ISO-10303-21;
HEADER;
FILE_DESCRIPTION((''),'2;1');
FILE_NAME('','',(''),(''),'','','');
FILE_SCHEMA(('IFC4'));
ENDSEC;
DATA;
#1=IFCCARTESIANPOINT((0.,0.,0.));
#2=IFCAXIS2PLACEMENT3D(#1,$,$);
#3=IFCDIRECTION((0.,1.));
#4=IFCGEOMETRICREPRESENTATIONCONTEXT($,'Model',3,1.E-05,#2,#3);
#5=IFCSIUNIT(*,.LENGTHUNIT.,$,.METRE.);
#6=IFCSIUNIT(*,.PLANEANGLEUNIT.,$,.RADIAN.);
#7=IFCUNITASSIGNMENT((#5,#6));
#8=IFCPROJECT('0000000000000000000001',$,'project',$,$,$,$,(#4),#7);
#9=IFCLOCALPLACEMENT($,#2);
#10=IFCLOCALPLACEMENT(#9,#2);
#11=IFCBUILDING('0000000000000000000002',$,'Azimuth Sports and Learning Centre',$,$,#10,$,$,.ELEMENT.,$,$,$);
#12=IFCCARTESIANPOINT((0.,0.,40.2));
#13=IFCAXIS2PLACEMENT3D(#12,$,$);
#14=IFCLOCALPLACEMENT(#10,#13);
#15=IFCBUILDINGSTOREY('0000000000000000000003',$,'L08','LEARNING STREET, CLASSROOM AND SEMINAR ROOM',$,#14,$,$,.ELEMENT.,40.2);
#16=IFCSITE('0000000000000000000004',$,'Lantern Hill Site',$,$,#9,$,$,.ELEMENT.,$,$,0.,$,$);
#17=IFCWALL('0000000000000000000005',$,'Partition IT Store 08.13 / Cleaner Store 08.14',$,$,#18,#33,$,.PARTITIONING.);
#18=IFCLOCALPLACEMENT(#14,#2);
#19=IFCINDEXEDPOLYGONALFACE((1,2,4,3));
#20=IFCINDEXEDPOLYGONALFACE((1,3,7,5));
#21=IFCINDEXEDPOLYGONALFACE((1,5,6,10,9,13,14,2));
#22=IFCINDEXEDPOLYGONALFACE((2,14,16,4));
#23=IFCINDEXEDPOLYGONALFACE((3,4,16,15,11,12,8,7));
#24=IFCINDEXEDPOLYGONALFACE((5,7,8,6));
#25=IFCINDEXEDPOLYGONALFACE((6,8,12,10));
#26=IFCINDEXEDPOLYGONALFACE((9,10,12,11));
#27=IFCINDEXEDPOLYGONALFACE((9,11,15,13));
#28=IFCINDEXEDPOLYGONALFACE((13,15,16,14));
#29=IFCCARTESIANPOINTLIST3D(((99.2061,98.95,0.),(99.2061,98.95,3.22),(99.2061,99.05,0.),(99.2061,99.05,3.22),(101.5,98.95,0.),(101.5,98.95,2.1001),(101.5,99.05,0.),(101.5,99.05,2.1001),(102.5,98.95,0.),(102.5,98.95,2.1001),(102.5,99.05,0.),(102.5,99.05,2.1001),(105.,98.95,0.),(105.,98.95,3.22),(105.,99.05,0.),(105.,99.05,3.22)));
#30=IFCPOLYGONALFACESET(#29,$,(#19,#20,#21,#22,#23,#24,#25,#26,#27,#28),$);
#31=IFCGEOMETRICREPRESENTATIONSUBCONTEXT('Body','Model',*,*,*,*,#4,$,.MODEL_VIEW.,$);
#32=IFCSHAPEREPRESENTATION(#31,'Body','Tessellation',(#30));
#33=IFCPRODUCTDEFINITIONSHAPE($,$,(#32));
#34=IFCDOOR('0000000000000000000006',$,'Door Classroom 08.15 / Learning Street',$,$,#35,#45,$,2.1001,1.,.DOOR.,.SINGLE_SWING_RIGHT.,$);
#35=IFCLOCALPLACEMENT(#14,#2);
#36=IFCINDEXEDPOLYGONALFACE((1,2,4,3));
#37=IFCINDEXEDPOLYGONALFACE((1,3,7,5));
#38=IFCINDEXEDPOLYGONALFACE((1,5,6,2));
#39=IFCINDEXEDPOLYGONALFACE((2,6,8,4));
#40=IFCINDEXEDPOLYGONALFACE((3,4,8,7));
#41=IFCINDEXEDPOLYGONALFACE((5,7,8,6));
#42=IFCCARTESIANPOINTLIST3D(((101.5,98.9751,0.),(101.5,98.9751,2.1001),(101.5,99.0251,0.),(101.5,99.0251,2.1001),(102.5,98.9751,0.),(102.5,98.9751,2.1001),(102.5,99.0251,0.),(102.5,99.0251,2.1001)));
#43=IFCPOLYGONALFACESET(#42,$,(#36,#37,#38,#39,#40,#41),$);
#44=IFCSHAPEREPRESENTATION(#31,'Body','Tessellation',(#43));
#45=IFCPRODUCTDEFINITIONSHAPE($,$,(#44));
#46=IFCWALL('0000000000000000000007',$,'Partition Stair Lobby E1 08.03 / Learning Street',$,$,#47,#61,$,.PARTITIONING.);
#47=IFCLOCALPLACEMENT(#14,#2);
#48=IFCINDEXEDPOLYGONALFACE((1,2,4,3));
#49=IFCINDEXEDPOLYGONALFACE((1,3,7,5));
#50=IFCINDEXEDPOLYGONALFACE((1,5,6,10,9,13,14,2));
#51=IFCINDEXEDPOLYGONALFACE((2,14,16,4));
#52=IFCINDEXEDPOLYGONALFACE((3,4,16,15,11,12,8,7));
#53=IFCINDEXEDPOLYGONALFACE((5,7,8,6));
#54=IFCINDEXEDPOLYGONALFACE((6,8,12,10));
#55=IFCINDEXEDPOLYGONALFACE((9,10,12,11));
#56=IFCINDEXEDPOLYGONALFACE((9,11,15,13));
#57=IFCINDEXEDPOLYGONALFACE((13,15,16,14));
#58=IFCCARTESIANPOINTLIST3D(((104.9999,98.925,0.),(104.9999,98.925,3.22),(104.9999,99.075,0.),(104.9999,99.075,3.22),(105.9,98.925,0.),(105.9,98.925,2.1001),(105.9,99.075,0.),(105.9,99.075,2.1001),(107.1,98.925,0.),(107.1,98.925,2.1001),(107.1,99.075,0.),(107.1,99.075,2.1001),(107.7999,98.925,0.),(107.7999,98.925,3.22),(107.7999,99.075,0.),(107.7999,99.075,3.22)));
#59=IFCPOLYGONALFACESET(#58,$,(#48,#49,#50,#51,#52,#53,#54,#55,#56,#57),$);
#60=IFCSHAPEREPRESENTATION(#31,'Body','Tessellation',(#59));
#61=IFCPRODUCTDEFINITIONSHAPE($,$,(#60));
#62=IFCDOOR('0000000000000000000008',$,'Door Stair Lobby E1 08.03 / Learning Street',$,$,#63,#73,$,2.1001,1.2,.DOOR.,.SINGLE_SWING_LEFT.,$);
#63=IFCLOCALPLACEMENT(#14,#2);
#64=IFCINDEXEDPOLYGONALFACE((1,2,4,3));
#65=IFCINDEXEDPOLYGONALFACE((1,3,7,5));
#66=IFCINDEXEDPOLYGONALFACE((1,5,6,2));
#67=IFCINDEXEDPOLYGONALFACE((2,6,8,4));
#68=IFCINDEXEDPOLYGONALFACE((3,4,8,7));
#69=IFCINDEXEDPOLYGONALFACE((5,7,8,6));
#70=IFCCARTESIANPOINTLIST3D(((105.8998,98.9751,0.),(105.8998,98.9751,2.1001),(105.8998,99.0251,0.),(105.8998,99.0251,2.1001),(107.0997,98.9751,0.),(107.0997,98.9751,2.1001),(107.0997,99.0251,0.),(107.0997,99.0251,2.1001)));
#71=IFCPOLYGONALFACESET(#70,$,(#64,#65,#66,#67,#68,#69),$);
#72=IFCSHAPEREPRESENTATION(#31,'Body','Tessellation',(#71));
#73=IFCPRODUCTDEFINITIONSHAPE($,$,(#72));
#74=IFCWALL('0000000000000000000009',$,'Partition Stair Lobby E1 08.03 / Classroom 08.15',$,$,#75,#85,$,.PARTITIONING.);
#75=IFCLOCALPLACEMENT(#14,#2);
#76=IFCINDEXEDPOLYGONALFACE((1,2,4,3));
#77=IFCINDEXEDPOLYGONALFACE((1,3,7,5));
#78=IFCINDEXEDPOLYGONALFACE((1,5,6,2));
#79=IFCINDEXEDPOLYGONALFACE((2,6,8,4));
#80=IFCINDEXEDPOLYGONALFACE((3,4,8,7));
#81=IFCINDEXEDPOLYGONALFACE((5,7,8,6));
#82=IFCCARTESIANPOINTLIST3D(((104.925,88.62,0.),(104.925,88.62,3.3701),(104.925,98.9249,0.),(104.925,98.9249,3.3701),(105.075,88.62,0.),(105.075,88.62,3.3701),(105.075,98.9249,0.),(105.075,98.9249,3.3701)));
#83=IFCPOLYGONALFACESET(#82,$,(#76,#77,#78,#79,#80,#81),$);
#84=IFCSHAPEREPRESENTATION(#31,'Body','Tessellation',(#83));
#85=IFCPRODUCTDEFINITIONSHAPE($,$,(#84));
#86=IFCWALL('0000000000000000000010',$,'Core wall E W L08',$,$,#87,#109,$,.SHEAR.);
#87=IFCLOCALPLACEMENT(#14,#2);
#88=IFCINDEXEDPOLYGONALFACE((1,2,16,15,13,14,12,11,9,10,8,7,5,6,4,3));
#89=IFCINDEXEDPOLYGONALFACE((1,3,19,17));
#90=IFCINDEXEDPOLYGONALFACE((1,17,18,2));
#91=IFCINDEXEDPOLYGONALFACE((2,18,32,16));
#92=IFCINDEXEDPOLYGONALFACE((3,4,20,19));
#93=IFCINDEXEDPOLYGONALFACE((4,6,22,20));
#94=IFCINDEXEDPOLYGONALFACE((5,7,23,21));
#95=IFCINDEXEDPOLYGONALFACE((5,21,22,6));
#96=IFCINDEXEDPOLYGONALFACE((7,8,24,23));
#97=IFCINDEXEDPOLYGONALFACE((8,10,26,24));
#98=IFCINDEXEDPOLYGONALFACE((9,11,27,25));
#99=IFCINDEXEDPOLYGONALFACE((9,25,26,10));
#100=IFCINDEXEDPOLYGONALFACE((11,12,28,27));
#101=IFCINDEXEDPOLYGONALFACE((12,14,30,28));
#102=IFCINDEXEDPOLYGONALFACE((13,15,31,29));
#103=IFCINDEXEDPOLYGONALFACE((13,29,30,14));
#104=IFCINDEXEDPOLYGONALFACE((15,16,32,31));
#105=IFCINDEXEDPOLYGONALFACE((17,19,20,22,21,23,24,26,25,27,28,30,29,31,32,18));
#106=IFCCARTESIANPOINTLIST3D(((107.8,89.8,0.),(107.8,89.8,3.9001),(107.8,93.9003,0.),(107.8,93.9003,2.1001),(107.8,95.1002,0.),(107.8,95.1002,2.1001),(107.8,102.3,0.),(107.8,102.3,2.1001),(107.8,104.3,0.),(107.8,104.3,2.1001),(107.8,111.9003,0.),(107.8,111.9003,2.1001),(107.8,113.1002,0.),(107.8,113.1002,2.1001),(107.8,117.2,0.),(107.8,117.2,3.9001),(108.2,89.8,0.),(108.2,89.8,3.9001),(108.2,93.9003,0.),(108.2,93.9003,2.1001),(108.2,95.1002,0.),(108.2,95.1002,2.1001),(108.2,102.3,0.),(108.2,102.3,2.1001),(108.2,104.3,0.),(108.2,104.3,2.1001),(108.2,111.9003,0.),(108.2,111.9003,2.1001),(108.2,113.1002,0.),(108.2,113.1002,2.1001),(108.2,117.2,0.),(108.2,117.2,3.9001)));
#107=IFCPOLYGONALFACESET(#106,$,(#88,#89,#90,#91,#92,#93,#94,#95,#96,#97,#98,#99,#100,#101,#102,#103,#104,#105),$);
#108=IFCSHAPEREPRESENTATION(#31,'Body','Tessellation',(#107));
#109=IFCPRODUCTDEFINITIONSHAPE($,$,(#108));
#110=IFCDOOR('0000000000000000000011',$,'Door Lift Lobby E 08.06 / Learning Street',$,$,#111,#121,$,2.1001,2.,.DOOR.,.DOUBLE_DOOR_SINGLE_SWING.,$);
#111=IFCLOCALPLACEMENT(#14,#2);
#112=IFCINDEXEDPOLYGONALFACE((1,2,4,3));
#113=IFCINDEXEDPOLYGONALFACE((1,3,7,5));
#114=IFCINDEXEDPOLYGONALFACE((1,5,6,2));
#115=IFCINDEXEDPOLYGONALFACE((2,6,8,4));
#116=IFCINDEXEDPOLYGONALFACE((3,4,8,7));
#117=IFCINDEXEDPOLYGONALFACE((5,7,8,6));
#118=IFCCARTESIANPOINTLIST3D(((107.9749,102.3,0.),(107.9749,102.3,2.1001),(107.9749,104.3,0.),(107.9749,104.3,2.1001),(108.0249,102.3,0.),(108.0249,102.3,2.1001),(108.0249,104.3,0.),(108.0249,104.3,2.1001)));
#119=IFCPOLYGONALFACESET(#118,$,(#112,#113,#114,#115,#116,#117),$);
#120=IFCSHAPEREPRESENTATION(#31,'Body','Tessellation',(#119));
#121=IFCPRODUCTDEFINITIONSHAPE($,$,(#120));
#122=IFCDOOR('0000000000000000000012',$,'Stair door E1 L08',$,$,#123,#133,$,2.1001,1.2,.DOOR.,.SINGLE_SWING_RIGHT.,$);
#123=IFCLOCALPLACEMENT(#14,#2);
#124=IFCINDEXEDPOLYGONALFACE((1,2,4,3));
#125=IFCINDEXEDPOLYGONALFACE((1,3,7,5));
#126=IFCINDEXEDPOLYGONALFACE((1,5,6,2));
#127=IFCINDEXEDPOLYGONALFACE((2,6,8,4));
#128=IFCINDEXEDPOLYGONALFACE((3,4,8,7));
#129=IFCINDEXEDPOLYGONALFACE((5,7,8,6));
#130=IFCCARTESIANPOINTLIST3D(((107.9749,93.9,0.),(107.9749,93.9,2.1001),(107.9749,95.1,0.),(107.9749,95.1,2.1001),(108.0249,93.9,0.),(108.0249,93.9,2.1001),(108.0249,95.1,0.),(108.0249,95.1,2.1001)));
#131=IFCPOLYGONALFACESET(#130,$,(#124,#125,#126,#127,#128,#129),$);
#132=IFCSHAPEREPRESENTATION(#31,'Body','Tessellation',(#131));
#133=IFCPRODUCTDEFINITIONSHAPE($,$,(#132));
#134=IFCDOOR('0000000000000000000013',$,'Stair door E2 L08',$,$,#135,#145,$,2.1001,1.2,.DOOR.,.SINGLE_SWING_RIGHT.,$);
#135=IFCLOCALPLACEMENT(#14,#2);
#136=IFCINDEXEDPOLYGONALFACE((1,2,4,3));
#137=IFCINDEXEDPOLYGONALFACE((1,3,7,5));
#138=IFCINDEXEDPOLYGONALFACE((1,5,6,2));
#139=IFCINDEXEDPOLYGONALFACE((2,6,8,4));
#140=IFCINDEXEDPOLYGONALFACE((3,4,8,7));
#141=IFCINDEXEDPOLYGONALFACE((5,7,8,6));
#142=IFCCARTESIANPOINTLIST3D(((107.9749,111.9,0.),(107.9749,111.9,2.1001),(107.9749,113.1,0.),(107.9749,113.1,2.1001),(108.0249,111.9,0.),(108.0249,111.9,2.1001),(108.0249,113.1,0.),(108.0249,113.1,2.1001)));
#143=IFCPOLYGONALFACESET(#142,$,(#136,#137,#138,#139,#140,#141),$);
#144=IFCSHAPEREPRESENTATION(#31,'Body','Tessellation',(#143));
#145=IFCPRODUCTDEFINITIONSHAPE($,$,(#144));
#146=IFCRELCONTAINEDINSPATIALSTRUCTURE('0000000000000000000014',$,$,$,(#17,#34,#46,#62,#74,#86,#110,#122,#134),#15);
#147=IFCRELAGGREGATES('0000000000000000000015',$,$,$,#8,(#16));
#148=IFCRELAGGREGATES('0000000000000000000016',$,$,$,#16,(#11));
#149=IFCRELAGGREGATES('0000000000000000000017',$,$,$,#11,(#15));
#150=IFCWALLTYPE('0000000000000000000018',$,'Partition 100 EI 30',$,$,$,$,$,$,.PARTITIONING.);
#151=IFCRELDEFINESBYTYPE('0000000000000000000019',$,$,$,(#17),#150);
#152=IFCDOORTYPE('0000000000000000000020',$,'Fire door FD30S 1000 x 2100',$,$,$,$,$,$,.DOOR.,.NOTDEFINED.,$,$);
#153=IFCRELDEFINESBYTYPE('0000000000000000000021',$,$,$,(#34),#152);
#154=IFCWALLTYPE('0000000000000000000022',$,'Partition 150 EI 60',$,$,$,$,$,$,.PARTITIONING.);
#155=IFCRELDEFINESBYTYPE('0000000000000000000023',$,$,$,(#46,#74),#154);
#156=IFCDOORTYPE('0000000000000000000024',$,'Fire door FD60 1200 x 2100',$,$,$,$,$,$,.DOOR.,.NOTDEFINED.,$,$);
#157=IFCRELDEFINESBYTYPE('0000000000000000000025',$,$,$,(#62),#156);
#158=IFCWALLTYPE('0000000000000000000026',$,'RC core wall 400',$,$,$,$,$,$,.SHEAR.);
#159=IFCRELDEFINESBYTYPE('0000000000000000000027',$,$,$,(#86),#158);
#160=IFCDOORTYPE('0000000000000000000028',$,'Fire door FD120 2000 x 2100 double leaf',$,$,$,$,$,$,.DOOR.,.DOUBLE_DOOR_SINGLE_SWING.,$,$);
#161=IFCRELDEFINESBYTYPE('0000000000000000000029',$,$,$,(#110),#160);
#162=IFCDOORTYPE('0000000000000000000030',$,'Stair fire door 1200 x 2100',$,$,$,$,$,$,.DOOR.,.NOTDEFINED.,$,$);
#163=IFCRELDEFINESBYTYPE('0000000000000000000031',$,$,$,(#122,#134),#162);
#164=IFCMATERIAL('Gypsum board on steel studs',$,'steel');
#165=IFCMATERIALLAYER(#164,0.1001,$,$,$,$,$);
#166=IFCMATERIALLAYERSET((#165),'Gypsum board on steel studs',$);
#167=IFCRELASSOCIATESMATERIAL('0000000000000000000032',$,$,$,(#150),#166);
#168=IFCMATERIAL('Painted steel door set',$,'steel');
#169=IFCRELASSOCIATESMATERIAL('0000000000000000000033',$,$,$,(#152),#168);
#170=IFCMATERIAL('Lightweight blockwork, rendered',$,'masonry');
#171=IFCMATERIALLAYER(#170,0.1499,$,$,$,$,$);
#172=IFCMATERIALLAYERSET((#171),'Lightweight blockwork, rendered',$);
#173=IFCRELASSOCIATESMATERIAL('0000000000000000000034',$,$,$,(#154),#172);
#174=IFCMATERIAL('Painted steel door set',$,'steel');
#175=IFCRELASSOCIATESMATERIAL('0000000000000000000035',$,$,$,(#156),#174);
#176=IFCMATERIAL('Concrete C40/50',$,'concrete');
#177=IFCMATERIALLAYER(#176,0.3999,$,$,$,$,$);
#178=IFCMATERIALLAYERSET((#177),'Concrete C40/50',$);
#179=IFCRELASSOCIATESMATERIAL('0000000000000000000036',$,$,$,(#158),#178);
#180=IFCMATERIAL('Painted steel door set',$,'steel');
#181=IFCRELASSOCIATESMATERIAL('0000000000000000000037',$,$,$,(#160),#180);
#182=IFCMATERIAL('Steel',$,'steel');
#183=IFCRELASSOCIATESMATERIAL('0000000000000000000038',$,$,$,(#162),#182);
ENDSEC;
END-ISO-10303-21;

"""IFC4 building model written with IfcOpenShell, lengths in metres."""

from ifc_helpers import new_model, si_unit, direction, frame, frame_2d, origin, place, context, subcontext, project, spatial, rectangle, extrude, material, layer, layer_set, type_object, element, fill, save


model = new_model("IFC4")

# Units and contexts
model_context = context("Model", 3, precision=1e-05, world=origin(), true_north=direction((0.0, 1.0)))
body_context = subcontext(model_context, "Body", "Model", "MODEL_VIEW")
ifc_project = project(units=[si_unit("LENGTHUNIT", "METRE"), si_unit("PLANEANGLEUNIT", "RADIAN")], contexts=[model_context])

# Site, building, storey
site_placement = place(None, origin())
site = spatial("IfcSite", under=ifc_project, at=site_placement, Name="Lantern Hill Site", CompositionType="ELEMENT", RefElevation=0.0)
building_placement = place(site_placement, origin())
building = spatial("IfcBuilding", under=site, at=building_placement, Name="Azimuth Sports and Learning Centre", CompositionType="ELEMENT")
storey_placement = place(building_placement, frame((0.0, 0.0, 40.2)))
storey = spatial("IfcBuildingStorey", under=building, at=storey_placement, Name="L08", Description="LEARNING STREET, CLASSROOM AND SEMINAR ROOM", CompositionType="ELEMENT", Elevation=40.2)

# Walls, openings, doors
ifc_material_1 = material(Name="Gypsum board on steel studs", Category="steel")
ifc_layer_1 = layer(ifc_material_1, 0.1001)
ifc_layer_set_1 = layer_set([ifc_layer_1], Name="Gypsum board on steel studs")
wall_type_1 = type_object("IfcWallType", Name="Partition 100 EI 30", PredefinedType="PARTITIONING", material=ifc_layer_set_1)
wall_1_placement = place(storey_placement, frame((99.2061, 99.0, 0.0), z_axis=(0.0, 0.0, 1.0), x_axis=(1.0, 0.0, 0.0)))
wall_1 = element("IfcWall", 1, at=wall_1_placement, inside=storey, type_object=wall_type_1, Name="Partition IT Store 08.13 / Cleaner Store 08.14", PredefinedType="PARTITIONING", context=body_context, shape_type="SweptSolid", body=[
    extrude(rectangle(XDim=5.7939, YDim=0.1001, at=frame_2d((2.897, 0.0))), origin(), (0.0, 0.0, 1.0), 3.22),
])
opening_1_placement = place(wall_1_placement, frame((2.2939, 0.0, 0.0)))
opening_1 = element("IfcOpeningElement", 2, at=opening_1_placement, cuts=wall_1, PredefinedType="OPENING", context=body_context, shape_type="SweptSolid", body=[
    extrude(rectangle(XDim=1.0, YDim=2.1001, at=frame_2d((0.5, 1.05))), frame((0.0, 0.061, 0.0), z_axis=(0.0, -1.0, 0.0), x_axis=(1.0, 0.0, 0.0)), (0.0, 0.0, 1.0), 0.1221),
])
ifc_material_2 = material(Name="Painted steel door set", Category="steel")
door_type_1 = type_object("IfcDoorType", Name="Fire door FD30S 1000 x 2100", OperationType="NOTDEFINED", PredefinedType="DOOR", material=ifc_material_2)
door_1_placement = place(opening_1_placement, frame((1.0, 0.0, 0.0), z_axis=(0.0, 0.0, 1.0), x_axis=(-1.0, 0.0, 0.0)))
door_1 = element("IfcDoor", 3, at=door_1_placement, inside=storey, type_object=door_type_1, Name="Door Classroom 08.15 / Learning Street", OperationType="SINGLE_SWING_RIGHT", OverallHeight=2.1001, OverallWidth=1.0, PredefinedType="DOOR", context=body_context, shape_type="SweptSolid", body=[
    extrude(rectangle(XDim=1.0, YDim=2.1001, at=frame_2d((0.5, 1.05))), frame((0.0, 0.0249, 0.0), z_axis=(0.0, -1.0, 0.0), x_axis=(1.0, 0.0, 0.0)), (0.0, 0.0, 1.0), 0.05),
])
fill(opening_1, door_1)
ifc_material_3 = material(Name="Lightweight blockwork, rendered", Category="masonry")
ifc_layer_2 = layer(ifc_material_3, 0.1499)
ifc_layer_set_2 = layer_set([ifc_layer_2], Name="Lightweight blockwork, rendered")
wall_type_2 = type_object("IfcWallType", Name="Partition 150 EI 60", PredefinedType="PARTITIONING", material=ifc_layer_set_2)
wall_2_placement = place(storey_placement, frame((105.0, 99.0, 0.0), z_axis=(0.0, 0.0, 1.0), x_axis=(1.0, 0.0, 0.0)))
wall_2 = element("IfcWall", 4, at=wall_2_placement, inside=storey, type_object=wall_type_2, Name="Partition Stair Lobby E1 08.03 / Learning Street", PredefinedType="PARTITIONING", context=body_context, shape_type="SweptSolid", body=[
    extrude(rectangle(XDim=2.8, YDim=0.1499, at=frame_2d((1.3999, 0.0))), origin(), (0.0, 0.0, 1.0), 3.22),
])
opening_2_placement = place(wall_2_placement, frame((0.8999, 0.0, 0.0)))
opening_2 = element("IfcOpeningElement", 5, at=opening_2_placement, cuts=wall_2, PredefinedType="OPENING", context=body_context, shape_type="SweptSolid", body=[
    extrude(rectangle(XDim=1.2, YDim=2.1001, at=frame_2d((0.6001, 1.05))), frame((0.0, 0.0859, 0.0), z_axis=(0.0, -1.0, 0.0), x_axis=(1.0, 0.0, 0.0)), (0.0, 0.0, 1.0), 0.1719),
])
ifc_material_4 = material(Name="Painted steel door set", Category="steel")
door_type_2 = type_object("IfcDoorType", Name="Fire door FD60 1200 x 2100", OperationType="NOTDEFINED", PredefinedType="DOOR", material=ifc_material_4)
door_2_placement = place(opening_2_placement, frame((1.2, 0.0, 0.0), z_axis=(0.0, 0.0, 1.0), x_axis=(-1.0, 0.0, 0.0)))
door_2 = element("IfcDoor", 6, at=door_2_placement, inside=storey, type_object=door_type_2, Name="Door Stair Lobby E1 08.03 / Learning Street", OperationType="SINGLE_SWING_LEFT", OverallHeight=2.1001, OverallWidth=1.2, PredefinedType="DOOR", context=body_context, shape_type="SweptSolid", body=[
    extrude(rectangle(XDim=1.2, YDim=2.1001, at=frame_2d((0.6001, 1.05))), frame((0.0, 0.0249, 0.0), z_axis=(0.0, -1.0, 0.0), x_axis=(1.0, 0.0, 0.0)), (0.0, 0.0, 1.0), 0.05),
])
fill(opening_2, door_2)

# Wall
wall_3_placement = place(storey_placement, frame((105.0, 88.6201, 0.0), z_axis=(0.0, 0.0, 1.0), x_axis=(0.0, 1.0, 0.0)))
element("IfcWall", 7, at=wall_3_placement, inside=storey, type_object=wall_type_2, Name="Partition Stair Lobby E1 08.03 / Classroom 08.15", PredefinedType="PARTITIONING", context=body_context, shape_type="SweptSolid", body=[
    extrude(rectangle(XDim=10.3049, YDim=0.1499, at=frame_2d((5.1523, 0.0))), origin(), (0.0, 0.0, 1.0), 3.3701),
])

# Wall, openings, doors
ifc_material_5 = material(Name="Concrete C40/50", Category="concrete")
ifc_layer_3 = layer(ifc_material_5, 0.3999)
ifc_layer_set_3 = layer_set([ifc_layer_3], Name="Concrete C40/50")
wall_type_3 = type_object("IfcWallType", Name="RC core wall 400", PredefinedType="SHEAR", material=ifc_layer_set_3)
wall_4_placement = place(storey_placement, frame((108.0, 89.8, 0.0), z_axis=(0.0, 0.0, 1.0), x_axis=(0.0, 1.0, 0.0)))
wall_4 = element("IfcWall", 8, at=wall_4_placement, inside=storey, type_object=wall_type_3, Name="Core wall E W L08", PredefinedType="SHEAR", context=body_context, shape_type="SweptSolid", body=[
    extrude(rectangle(XDim=27.3999, YDim=0.3999, at=frame_2d((13.7, 0.0))), origin(), (0.0, 0.0, 1.0), 3.9001),
])
opening_3_placement = place(wall_4_placement, frame((4.1001, 0.0, 0.0)))
opening_3 = element("IfcOpeningElement", 9, at=opening_3_placement, cuts=wall_4, PredefinedType="OPENING", context=body_context, shape_type="SweptSolid", body=[
    extrude(rectangle(XDim=1.2, YDim=2.1001, at=frame_2d((0.6001, 1.05))), frame((0.0, 0.2109, 0.0), z_axis=(0.0, -1.0, 0.0), x_axis=(1.0, 0.0, 0.0)), (0.0, 0.0, 1.0), 0.4219),
])
opening_4_placement = place(wall_4_placement, frame((22.1001, 0.0, 0.0)))
opening_4 = element("IfcOpeningElement", 10, at=opening_4_placement, cuts=wall_4, PredefinedType="OPENING", context=body_context, shape_type="SweptSolid", body=[
    extrude(rectangle(XDim=1.2, YDim=2.1001, at=frame_2d((0.6001, 1.05))), frame((0.0, 0.2109, 0.0), z_axis=(0.0, -1.0, 0.0), x_axis=(1.0, 0.0, 0.0)), (0.0, 0.0, 1.0), 0.4219),
])
opening_5_placement = place(wall_4_placement, frame((12.5, 0.0, 0.0)))
opening_5 = element("IfcOpeningElement", 11, at=opening_5_placement, cuts=wall_4, PredefinedType="OPENING", context=body_context, shape_type="SweptSolid", body=[
    extrude(rectangle(XDim=2.0, YDim=2.1001, at=frame_2d((1.0, 1.05))), frame((0.0, 0.2109, 0.0), z_axis=(0.0, -1.0, 0.0), x_axis=(1.0, 0.0, 0.0)), (0.0, 0.0, 1.0), 0.4219),
])
ifc_material_6 = material(Name="Painted steel door set", Category="steel")
door_type_3 = type_object("IfcDoorType", Name="Fire door FD120 2000 x 2100 double leaf", OperationType="DOUBLE_DOOR_SINGLE_SWING", PredefinedType="DOOR", material=ifc_material_6)
door_3_placement = place(opening_5_placement, frame((2.0, 0.0, 0.0), z_axis=(0.0, 0.0, 1.0), x_axis=(-1.0, 0.0, 0.0)))
door_3 = element("IfcDoor", 12, at=door_3_placement, inside=storey, type_object=door_type_3, Name="Door Lift Lobby E 08.06 / Learning Street", OperationType="DOUBLE_DOOR_SINGLE_SWING", OverallHeight=2.1001, OverallWidth=2.0, PredefinedType="DOOR", context=body_context, shape_type="SweptSolid", body=[
    extrude(rectangle(XDim=2.0, YDim=2.1001, at=frame_2d((1.0, 1.05))), frame((0.0, 0.0249, 0.0), z_axis=(0.0, -1.0, 0.0), x_axis=(1.0, 0.0, 0.0)), (0.0, 0.0, 1.0), 0.05),
])
fill(opening_5, door_3)
ifc_material_7 = material(Name="Steel", Category="steel")
door_type_4 = type_object("IfcDoorType", Name="Stair fire door 1200 x 2100", OperationType="NOTDEFINED", PredefinedType="DOOR", material=ifc_material_7)
door_4_placement = place(opening_3_placement, frame((1.2, 0.0, 0.0), z_axis=(0.0, 0.0, 1.0), x_axis=(-1.0, 0.0, 0.0)))
door_4 = element("IfcDoor", 13, at=door_4_placement, inside=storey, type_object=door_type_4, Name="Stair door E1 L08", OperationType="SINGLE_SWING_RIGHT", OverallHeight=2.1001, OverallWidth=1.2, PredefinedType="DOOR", context=body_context, shape_type="SweptSolid", body=[
    extrude(rectangle(XDim=1.2, YDim=2.1001, at=frame_2d((0.6001, 1.05))), frame((0.0, 0.0249, 0.0), z_axis=(0.0, -1.0, 0.0), x_axis=(1.0, 0.0, 0.0)), (0.0, 0.0, 1.0), 0.05),
])
fill(opening_3, door_4)
door_5_placement = place(opening_4_placement, frame((1.2, 0.0, 0.0), z_axis=(0.0, 0.0, 1.0), x_axis=(-1.0, 0.0, 0.0)))
door_5 = element("IfcDoor", 14, at=door_5_placement, inside=storey, type_object=door_type_4, Name="Stair door E2 L08", OperationType="SINGLE_SWING_RIGHT", OverallHeight=2.1001, OverallWidth=1.2, PredefinedType="DOOR", context=body_context, shape_type="SweptSolid", body=[
    extrude(rectangle(XDim=1.2, YDim=2.1001, at=frame_2d((0.6001, 1.05))), frame((0.0, 0.0249, 0.0), z_axis=(0.0, -1.0, 0.0), x_axis=(1.0, 0.0, 0.0)), (0.0, 0.0, 1.0), 0.05),
])
fill(opening_4, door_5)

save(model, "model.ifc")
